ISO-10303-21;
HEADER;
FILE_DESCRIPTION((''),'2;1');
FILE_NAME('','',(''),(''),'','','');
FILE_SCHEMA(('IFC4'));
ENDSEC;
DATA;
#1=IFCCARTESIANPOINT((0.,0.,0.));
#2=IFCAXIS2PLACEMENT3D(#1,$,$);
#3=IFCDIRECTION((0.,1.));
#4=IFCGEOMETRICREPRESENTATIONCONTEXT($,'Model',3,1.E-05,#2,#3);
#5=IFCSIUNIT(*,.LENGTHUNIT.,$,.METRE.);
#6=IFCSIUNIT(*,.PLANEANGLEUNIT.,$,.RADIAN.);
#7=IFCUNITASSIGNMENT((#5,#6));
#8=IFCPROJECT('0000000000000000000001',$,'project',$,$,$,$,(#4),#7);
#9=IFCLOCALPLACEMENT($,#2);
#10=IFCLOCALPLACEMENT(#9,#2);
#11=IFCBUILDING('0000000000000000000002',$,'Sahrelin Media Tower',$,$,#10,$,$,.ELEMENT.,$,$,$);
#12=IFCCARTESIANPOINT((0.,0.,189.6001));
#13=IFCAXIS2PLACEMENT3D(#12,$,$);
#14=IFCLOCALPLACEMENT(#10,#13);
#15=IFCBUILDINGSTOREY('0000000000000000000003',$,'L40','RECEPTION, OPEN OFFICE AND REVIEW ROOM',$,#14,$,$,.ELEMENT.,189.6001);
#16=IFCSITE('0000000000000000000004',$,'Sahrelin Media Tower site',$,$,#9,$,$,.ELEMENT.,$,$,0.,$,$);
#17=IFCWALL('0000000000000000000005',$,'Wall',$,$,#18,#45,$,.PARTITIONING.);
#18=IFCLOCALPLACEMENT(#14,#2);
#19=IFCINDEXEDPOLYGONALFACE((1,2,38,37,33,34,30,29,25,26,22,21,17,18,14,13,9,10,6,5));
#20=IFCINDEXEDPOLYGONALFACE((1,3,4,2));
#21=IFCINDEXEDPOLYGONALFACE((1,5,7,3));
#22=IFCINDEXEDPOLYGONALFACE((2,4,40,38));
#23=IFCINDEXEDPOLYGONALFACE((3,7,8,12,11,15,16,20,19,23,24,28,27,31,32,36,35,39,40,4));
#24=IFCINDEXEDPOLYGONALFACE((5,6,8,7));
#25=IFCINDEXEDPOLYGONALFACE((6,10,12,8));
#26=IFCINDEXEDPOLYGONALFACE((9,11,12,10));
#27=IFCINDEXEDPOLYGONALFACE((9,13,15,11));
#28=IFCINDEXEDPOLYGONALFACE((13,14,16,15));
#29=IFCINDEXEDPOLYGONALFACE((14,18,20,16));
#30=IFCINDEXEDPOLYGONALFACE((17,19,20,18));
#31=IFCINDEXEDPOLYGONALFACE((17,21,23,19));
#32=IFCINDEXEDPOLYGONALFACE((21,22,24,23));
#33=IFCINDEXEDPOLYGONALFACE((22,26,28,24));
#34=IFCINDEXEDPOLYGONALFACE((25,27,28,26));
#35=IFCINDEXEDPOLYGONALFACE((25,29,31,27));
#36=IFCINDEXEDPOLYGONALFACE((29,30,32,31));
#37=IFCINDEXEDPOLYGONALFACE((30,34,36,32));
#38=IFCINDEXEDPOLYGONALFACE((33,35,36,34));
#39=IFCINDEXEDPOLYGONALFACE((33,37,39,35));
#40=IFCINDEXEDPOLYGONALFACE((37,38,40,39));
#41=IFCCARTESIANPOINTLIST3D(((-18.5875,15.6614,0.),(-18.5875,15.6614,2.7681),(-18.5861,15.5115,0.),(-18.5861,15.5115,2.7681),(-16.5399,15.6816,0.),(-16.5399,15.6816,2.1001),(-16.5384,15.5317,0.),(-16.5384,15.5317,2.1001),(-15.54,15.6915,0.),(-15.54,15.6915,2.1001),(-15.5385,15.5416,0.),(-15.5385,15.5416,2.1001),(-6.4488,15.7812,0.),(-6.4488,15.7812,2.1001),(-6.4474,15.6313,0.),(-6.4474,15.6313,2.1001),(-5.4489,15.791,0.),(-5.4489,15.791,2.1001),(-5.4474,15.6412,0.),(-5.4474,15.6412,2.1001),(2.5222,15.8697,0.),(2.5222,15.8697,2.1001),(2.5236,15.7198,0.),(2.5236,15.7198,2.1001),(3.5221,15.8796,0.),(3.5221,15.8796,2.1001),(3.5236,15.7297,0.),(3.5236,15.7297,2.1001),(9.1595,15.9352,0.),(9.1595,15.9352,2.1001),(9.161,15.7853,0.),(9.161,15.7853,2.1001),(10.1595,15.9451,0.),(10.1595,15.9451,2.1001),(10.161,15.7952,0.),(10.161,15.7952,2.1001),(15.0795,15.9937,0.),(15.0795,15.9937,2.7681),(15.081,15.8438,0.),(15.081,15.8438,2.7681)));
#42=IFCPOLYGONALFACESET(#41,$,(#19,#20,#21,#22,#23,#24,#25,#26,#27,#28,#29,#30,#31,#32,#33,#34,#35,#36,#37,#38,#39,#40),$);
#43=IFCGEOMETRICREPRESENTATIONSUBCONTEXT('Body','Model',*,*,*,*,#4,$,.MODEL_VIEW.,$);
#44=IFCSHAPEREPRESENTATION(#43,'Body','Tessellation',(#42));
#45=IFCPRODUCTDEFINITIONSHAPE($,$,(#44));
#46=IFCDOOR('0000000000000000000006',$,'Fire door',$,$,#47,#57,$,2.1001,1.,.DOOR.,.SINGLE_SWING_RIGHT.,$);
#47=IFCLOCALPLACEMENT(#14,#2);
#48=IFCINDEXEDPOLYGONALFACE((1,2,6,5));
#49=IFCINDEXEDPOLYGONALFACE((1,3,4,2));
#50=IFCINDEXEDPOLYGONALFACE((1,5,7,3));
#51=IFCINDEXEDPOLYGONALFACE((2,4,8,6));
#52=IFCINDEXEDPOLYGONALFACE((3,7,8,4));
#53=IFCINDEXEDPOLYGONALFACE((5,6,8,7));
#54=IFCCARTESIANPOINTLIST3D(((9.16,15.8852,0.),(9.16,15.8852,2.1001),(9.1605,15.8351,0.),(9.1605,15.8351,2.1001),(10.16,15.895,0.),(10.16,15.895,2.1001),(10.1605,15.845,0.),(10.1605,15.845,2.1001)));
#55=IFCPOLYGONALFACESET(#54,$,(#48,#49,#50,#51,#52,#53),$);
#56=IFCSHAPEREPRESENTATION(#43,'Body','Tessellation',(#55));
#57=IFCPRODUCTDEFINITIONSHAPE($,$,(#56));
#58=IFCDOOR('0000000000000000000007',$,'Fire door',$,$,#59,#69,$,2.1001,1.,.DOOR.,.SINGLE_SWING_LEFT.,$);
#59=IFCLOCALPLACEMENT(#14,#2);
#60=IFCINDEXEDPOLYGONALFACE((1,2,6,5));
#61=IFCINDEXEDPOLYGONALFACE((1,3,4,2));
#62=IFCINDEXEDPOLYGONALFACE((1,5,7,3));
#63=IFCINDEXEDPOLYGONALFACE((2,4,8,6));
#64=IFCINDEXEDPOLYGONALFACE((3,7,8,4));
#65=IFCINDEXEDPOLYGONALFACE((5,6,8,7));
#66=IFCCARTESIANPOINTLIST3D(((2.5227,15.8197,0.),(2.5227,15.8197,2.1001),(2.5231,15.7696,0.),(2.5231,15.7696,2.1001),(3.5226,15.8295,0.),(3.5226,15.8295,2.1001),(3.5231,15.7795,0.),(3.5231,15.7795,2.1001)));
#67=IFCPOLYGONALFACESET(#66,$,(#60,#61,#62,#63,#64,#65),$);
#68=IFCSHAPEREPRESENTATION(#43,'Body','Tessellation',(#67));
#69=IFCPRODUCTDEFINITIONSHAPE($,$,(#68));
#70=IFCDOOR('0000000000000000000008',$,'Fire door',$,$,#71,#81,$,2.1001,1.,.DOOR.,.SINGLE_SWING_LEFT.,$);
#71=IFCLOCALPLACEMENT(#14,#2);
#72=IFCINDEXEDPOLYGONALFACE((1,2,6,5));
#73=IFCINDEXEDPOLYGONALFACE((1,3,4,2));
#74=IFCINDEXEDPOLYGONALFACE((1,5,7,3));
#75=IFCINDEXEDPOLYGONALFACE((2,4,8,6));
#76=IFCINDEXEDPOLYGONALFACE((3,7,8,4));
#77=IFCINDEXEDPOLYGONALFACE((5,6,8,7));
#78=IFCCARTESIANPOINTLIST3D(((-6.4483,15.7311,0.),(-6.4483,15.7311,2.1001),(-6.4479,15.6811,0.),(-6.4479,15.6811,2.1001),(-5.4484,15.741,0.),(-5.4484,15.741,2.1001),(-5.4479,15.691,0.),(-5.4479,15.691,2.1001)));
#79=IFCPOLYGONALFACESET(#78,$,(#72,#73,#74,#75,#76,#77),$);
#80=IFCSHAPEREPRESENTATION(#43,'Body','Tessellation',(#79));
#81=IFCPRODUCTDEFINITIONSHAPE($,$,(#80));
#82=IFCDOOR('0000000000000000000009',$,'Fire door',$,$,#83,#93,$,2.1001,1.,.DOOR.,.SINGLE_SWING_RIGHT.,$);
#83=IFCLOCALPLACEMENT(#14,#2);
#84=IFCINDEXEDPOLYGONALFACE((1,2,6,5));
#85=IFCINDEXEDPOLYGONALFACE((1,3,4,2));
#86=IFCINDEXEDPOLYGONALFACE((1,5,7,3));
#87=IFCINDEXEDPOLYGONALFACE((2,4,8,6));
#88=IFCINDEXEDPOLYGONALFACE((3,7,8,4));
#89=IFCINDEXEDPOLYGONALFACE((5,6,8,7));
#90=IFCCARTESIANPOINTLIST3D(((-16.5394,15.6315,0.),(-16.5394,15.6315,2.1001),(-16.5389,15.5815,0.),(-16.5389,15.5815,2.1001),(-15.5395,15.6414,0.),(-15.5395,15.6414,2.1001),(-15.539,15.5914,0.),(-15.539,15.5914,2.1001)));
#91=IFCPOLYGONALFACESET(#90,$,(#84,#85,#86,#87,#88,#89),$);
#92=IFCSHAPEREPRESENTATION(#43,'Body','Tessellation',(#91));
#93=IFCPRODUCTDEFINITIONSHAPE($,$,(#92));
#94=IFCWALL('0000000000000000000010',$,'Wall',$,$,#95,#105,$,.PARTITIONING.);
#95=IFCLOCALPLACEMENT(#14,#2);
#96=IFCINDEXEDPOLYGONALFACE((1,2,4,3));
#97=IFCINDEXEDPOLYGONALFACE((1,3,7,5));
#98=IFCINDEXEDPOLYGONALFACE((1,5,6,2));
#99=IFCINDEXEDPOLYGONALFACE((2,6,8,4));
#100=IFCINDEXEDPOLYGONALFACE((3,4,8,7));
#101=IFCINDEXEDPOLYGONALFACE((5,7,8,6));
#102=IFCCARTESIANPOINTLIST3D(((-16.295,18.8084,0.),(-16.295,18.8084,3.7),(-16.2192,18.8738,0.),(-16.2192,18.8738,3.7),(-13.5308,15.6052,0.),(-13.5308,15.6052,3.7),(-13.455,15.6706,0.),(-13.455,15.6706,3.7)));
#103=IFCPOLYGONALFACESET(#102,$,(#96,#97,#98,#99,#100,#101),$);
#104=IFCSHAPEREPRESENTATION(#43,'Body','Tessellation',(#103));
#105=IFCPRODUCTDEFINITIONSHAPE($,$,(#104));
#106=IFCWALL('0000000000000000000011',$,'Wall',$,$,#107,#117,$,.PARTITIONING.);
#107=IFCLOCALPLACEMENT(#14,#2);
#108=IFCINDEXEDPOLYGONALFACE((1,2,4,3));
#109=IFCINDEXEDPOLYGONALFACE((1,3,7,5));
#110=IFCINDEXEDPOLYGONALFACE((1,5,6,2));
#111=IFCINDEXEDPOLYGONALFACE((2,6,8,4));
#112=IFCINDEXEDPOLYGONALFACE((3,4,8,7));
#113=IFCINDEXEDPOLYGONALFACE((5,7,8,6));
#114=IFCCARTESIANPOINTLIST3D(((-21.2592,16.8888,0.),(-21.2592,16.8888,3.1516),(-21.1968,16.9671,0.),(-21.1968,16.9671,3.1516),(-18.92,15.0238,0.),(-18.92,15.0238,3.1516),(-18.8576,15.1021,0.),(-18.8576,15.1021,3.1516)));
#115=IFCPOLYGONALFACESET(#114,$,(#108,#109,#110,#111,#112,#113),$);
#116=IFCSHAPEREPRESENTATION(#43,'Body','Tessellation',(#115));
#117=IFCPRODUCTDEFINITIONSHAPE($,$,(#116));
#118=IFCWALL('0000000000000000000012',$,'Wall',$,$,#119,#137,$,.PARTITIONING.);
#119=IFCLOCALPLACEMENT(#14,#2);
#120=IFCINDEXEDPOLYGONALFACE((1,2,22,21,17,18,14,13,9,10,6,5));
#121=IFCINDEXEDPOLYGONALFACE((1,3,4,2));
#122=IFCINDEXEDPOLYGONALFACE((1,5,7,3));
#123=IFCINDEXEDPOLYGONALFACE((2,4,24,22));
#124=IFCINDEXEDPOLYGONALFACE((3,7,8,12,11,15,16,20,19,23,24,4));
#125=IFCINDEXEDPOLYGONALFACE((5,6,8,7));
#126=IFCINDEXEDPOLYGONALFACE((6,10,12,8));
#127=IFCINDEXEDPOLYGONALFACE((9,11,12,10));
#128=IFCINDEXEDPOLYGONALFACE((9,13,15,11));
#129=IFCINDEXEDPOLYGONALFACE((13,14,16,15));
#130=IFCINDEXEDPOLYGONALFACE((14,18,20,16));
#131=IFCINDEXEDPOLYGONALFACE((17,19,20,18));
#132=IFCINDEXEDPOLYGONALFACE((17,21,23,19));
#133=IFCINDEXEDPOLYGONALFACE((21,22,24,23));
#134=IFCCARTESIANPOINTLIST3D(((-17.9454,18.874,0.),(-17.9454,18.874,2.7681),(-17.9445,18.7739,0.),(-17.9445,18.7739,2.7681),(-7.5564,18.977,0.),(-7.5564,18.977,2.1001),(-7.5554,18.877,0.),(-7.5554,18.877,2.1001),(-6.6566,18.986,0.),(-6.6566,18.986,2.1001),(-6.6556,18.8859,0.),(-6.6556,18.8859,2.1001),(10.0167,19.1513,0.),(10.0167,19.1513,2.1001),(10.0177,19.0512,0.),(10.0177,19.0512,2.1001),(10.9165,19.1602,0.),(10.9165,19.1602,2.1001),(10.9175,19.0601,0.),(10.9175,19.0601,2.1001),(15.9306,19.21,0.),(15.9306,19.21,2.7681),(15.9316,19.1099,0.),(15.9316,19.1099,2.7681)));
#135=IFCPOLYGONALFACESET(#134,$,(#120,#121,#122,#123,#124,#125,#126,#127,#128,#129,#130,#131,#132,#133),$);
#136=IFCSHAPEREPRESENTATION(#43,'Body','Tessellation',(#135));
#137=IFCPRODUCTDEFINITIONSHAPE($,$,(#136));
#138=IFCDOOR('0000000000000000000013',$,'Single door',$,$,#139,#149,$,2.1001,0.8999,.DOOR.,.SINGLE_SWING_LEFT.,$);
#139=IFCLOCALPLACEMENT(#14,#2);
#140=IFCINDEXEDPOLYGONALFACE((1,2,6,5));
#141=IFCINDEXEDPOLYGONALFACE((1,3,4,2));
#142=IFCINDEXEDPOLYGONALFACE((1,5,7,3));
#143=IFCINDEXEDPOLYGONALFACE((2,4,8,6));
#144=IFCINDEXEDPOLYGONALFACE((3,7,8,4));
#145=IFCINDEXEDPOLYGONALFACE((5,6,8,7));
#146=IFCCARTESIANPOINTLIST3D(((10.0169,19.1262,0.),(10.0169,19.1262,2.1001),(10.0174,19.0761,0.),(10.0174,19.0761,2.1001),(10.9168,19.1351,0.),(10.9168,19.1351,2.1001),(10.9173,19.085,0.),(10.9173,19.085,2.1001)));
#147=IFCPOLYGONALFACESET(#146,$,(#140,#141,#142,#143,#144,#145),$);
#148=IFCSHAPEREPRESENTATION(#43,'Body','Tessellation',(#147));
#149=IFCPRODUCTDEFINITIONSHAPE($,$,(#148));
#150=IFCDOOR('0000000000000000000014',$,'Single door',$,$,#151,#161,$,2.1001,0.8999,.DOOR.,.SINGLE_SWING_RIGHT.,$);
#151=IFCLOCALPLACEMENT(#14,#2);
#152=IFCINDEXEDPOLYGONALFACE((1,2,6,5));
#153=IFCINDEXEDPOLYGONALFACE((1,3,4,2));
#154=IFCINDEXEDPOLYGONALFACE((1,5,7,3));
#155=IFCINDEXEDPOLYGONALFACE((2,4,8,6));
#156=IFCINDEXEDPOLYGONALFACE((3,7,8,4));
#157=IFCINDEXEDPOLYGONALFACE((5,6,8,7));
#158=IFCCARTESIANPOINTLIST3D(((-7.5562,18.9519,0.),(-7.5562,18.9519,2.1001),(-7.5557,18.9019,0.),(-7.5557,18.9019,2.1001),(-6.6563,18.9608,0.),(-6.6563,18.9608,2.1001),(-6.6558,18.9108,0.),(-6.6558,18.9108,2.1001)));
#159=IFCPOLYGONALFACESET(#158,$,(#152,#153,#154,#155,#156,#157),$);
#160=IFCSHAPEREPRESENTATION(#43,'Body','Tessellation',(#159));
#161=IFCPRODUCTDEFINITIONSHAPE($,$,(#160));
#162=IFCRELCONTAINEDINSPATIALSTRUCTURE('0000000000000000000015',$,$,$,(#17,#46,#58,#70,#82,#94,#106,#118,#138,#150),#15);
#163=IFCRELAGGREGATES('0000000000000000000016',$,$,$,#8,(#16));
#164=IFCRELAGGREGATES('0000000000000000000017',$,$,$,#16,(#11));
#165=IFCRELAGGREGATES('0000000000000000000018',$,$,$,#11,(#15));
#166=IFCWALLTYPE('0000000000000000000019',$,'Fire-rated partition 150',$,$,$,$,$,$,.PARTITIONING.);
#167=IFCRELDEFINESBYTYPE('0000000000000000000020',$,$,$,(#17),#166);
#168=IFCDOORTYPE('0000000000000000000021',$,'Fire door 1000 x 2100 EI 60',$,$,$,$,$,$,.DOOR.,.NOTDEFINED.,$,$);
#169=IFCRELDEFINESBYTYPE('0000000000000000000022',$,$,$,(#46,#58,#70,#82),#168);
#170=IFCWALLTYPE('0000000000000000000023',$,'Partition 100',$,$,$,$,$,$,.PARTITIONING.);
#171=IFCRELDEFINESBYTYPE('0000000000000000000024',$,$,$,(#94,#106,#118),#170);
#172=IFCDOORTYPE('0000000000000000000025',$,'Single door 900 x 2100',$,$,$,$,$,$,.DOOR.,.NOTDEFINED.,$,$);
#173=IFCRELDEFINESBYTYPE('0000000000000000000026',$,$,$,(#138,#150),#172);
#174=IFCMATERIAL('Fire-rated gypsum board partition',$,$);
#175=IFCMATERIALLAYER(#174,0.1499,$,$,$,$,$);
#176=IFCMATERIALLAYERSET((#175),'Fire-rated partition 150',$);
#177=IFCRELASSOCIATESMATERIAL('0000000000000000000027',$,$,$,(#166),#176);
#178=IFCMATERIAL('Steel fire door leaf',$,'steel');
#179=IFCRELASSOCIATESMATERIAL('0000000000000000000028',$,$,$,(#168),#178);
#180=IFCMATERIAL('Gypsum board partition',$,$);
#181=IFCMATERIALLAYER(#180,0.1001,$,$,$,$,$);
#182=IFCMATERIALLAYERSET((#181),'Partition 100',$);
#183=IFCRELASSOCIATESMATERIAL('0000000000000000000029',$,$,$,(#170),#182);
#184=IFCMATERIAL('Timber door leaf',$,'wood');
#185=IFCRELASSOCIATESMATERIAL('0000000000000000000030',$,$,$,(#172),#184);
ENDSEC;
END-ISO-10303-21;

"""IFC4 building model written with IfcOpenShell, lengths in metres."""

from ifc_helpers import new_model, si_unit, direction, frame, frame_2d, origin, place, context, subcontext, project, spatial, rectangle, extrude, material, layer, layer_set, type_object, element, fill, save


model = new_model("IFC4")

# Units and contexts
model_context = context("Model", 3, precision=1e-05, world=origin(), true_north=direction((0.0, 1.0)))
body_context = subcontext(model_context, "Body", "Model", "MODEL_VIEW")
ifc_project = project(units=[si_unit("LENGTHUNIT", "METRE"), si_unit("PLANEANGLEUNIT", "RADIAN")], contexts=[model_context])

# Site, building, storey
site_placement = place(None, origin())
site = spatial("IfcSite", under=ifc_project, at=site_placement, Name="Sahrelin Media Tower site", CompositionType="ELEMENT", RefElevation=0.0)
building_placement = place(site_placement, origin())
building = spatial("IfcBuilding", under=site, at=building_placement, Name="Sahrelin Media Tower", CompositionType="ELEMENT")
storey_placement = place(building_placement, frame((0.0, 0.0, 189.6001)))
storey = spatial("IfcBuildingStorey", under=building, at=storey_placement, Name="L40", Description="RECEPTION, OPEN OFFICE AND REVIEW ROOM", CompositionType="ELEMENT", Elevation=189.6001)

# Shared definitions
ifc_material_1 = material(Name="Fire-rated gypsum board partition")
ifc_layer_1 = layer(ifc_material_1, 0.1499)
ifc_layer_set_1 = layer_set([ifc_layer_1], Name="Fire-rated partition 150")
wall_type_1 = type_object("IfcWallType", Name="Fire-rated partition 150", PredefinedType="PARTITIONING", material=ifc_layer_set_1)

# Wall, openings, doors
wall_1_placement = place(storey_placement, frame((-18.5869, 15.5864, 0.0), z_axis=(0.0, 0.0, 1.0), x_axis=(0.999951, 0.009869, 0.0)))
wall_1 = element("IfcWall", 1, at=wall_1_placement, inside=storey, type_object=wall_type_1, Name="Wall", PredefinedType="PARTITIONING", context=body_context, shape_type="SweptSolid", body=[
    extrude(rectangle(XDim=33.6687, YDim=0.1499, at=frame_2d((16.8345, 0.0))), origin(), (0.0, 0.0, 1.0), 2.7681),
])
opening_1_placement = place(wall_1_placement, frame((27.7485, 0.0, 0.0)))
opening_1 = element("IfcOpeningElement", 2, at=opening_1_placement, cuts=wall_1, PredefinedType="OPENING", context=body_context, shape_type="SweptSolid", body=[
    extrude(rectangle(XDim=1.0, YDim=2.1001, at=frame_2d((0.5, 1.05))), frame((0.0, 0.075, 0.0), z_axis=(0.0, -1.0, 0.0), x_axis=(1.0, 0.0, 0.0)), (0.0, 0.0, 1.0), 0.1499),
])
opening_2_placement = place(wall_1_placement, frame((21.1108, 0.0, 0.0)))
opening_2 = element("IfcOpeningElement", 3, at=opening_2_placement, cuts=wall_1, PredefinedType="OPENING", context=body_context, shape_type="SweptSolid", body=[
    extrude(rectangle(XDim=1.0, YDim=2.1001, at=frame_2d((0.5, 1.05))), frame((0.0, 0.075, 0.0), z_axis=(0.0, -1.0, 0.0), x_axis=(1.0, 0.0, 0.0)), (0.0, 0.0, 1.0), 0.1499),
])
opening_3_placement = place(wall_1_placement, frame((12.1394, 0.0, 0.0)))
opening_3 = element("IfcOpeningElement", 4, at=opening_3_placement, cuts=wall_1, PredefinedType="OPENING", context=body_context, shape_type="SweptSolid", body=[
    extrude(rectangle(XDim=1.0, YDim=2.1001, at=frame_2d((0.5, 1.05))), frame((0.0, 0.075, 0.0), z_axis=(0.0, -1.0, 0.0), x_axis=(1.0, 0.0, 0.0)), (0.0, 0.0, 1.0), 0.1499),
])
opening_4_placement = place(wall_1_placement, frame((2.0479, 0.0, 0.0)))
opening_4 = element("IfcOpeningElement", 5, at=opening_4_placement, cuts=wall_1, PredefinedType="OPENING", context=body_context, shape_type="SweptSolid", body=[
    extrude(rectangle(XDim=1.0, YDim=2.1001, at=frame_2d((0.5, 1.05))), frame((0.0, 0.075, 0.0), z_axis=(0.0, -1.0, 0.0), x_axis=(1.0, 0.0, 0.0)), (0.0, 0.0, 1.0), 0.1499),
])
ifc_material_2 = material(Name="Steel fire door leaf", Category="steel")
door_type_1 = type_object("IfcDoorType", Name="Fire door 1000 x 2100 EI 60", OperationType="NOTDEFINED", PredefinedType="DOOR", material=ifc_material_2)
door_1_placement = place(opening_1_placement, origin())
door_1 = element("IfcDoor", 6, at=door_1_placement, inside=storey, type_object=door_type_1, Name="Fire door", OperationType="SINGLE_SWING_RIGHT", OverallHeight=2.1001, OverallWidth=1.0, PredefinedType="DOOR", context=body_context, shape_type="SweptSolid", body=[
    extrude(rectangle(XDim=1.0, YDim=2.1001, at=frame_2d((0.5, 1.05))), frame((0.0, 0.0249, 0.0), z_axis=(0.0, -1.0, 0.0), x_axis=(1.0, 0.0, 0.0)), (0.0, 0.0, 1.0), 0.05),
])
fill(opening_1, door_1)
door_2_placement = place(opening_2_placement, origin())
door_2 = element("IfcDoor", 7, at=door_2_placement, inside=storey, type_object=door_type_1, Name="Fire door", OperationType="SINGLE_SWING_LEFT", OverallHeight=2.1001, OverallWidth=1.0, PredefinedType="DOOR", context=body_context, shape_type="SweptSolid", body=[
    extrude(rectangle(XDim=1.0, YDim=2.1001, at=frame_2d((0.5, 1.05))), frame((0.0, 0.0249, 0.0), z_axis=(0.0, -1.0, 0.0), x_axis=(1.0, 0.0, 0.0)), (0.0, 0.0, 1.0), 0.05),
])
fill(opening_2, door_2)
door_3_placement = place(opening_3_placement, origin())
door_3 = element("IfcDoor", 8, at=door_3_placement, inside=storey, type_object=door_type_1, Name="Fire door", OperationType="SINGLE_SWING_LEFT", OverallHeight=2.1001, OverallWidth=1.0, PredefinedType="DOOR", context=body_context, shape_type="SweptSolid", body=[
    extrude(rectangle(XDim=1.0, YDim=2.1001, at=frame_2d((0.5, 1.05))), frame((0.0, 0.0249, 0.0), z_axis=(0.0, -1.0, 0.0), x_axis=(1.0, 0.0, 0.0)), (0.0, 0.0, 1.0), 0.05),
])
fill(opening_3, door_3)
door_4_placement = place(opening_4_placement, origin())
door_4 = element("IfcDoor", 9, at=door_4_placement, inside=storey, type_object=door_type_1, Name="Fire door", OperationType="SINGLE_SWING_RIGHT", OverallHeight=2.1001, OverallWidth=1.0, PredefinedType="DOOR", context=body_context, shape_type="SweptSolid", body=[
    extrude(rectangle(XDim=1.0, YDim=2.1001, at=frame_2d((0.5, 1.05))), frame((0.0, 0.0249, 0.0), z_axis=(0.0, -1.0, 0.0), x_axis=(1.0, 0.0, 0.0)), (0.0, 0.0, 1.0), 0.05),
])
fill(opening_4, door_4)

# Walls
ifc_material_3 = material(Name="Gypsum board partition")
ifc_layer_2 = layer(ifc_material_3, 0.1001)
ifc_layer_set_2 = layer_set([ifc_layer_2], Name="Partition 100")
wall_type_2 = type_object("IfcWallType", Name="Partition 100", PredefinedType="PARTITIONING", material=ifc_layer_set_2)
wall_2_placement = place(storey_placement, frame((-16.2571, 18.8411, 0.0), z_axis=(0.0, 0.0, 1.0), x_axis=(0.653325, -0.757077, 0.0)))
element("IfcWall", 10, at=wall_2_placement, inside=storey, type_object=wall_type_2, Name="Wall", PredefinedType="PARTITIONING", context=body_context, shape_type="SweptSolid", body=[
    extrude(rectangle(XDim=4.231, YDim=0.1001, at=frame_2d((2.1155, 0.0))), origin(), (0.0, 0.0, 1.0), 3.7),
])
wall_3_placement = place(storey_placement, frame((-21.228, 16.928, 0.0), z_axis=(0.0, 0.0, 1.0), x_axis=(0.781895, -0.62341, 0.0)))
element("IfcWall", 11, at=wall_3_placement, inside=storey, type_object=wall_type_2, Name="Wall", PredefinedType="PARTITIONING", context=body_context, shape_type="SweptSolid", body=[
    extrude(rectangle(XDim=2.9917, YDim=0.1001, at=frame_2d((1.4958, 0.0))), origin(), (0.0, 0.0, 1.0), 3.1516),
])

# Wall, openings, doors
wall_4_placement = place(storey_placement, frame((-17.9451, 18.824, 0.0), z_axis=(0.0, 0.0, 1.0), x_axis=(0.999951, 0.009916, 0.0)))
wall_4 = element("IfcWall", 12, at=wall_4_placement, inside=storey, type_object=wall_type_2, Name="Wall", PredefinedType="PARTITIONING", context=body_context, shape_type="SweptSolid", body=[
    extrude(rectangle(XDim=33.8777, YDim=0.1001, at=frame_2d((16.939, 0.0))), origin(), (0.0, 0.0, 1.0), 2.7681),
])
opening_5_placement = place(wall_4_placement, frame((27.9636, 0.0, 0.0)))
opening_5 = element("IfcOpeningElement", 13, at=opening_5_placement, cuts=wall_4, PredefinedType="OPENING", context=body_context, shape_type="SweptSolid", body=[
    extrude(rectangle(XDim=0.8999, YDim=2.1001, at=frame_2d((0.45, 1.05))), frame((0.0, 0.05, 0.0), z_axis=(0.0, -1.0, 0.0), x_axis=(1.0, 0.0, 0.0)), (0.0, 0.0, 1.0), 0.1001),
])
opening_6_placement = place(wall_4_placement, frame((10.3896, 0.0, 0.0)))
opening_6 = element("IfcOpeningElement", 14, at=opening_6_placement, cuts=wall_4, PredefinedType="OPENING", context=body_context, shape_type="SweptSolid", body=[
    extrude(rectangle(XDim=0.8999, YDim=2.1001, at=frame_2d((0.45, 1.05))), frame((0.0, 0.05, 0.0), z_axis=(0.0, -1.0, 0.0), x_axis=(1.0, 0.0, 0.0)), (0.0, 0.0, 1.0), 0.1001),
])
ifc_material_4 = material(Name="Timber door leaf", Category="wood")
door_type_2 = type_object("IfcDoorType", Name="Single door 900 x 2100", OperationType="NOTDEFINED", PredefinedType="DOOR", material=ifc_material_4)
door_5_placement = place(opening_5_placement, origin())
door_5 = element("IfcDoor", 15, at=door_5_placement, inside=storey, type_object=door_type_2, Name="Single door", OperationType="SINGLE_SWING_LEFT", OverallHeight=2.1001, OverallWidth=0.8999, PredefinedType="DOOR", context=body_context, shape_type="SweptSolid", body=[
    extrude(rectangle(XDim=0.8999, YDim=2.1001, at=frame_2d((0.45, 1.05))), frame((0.0, 0.0249, 0.0), z_axis=(0.0, -1.0, 0.0), x_axis=(1.0, 0.0, 0.0)), (0.0, 0.0, 1.0), 0.05),
])
fill(opening_5, door_5)
door_6_placement = place(opening_6_placement, origin())
door_6 = element("IfcDoor", 16, at=door_6_placement, inside=storey, type_object=door_type_2, Name="Single door", OperationType="SINGLE_SWING_RIGHT", OverallHeight=2.1001, OverallWidth=0.8999, PredefinedType="DOOR", context=body_context, shape_type="SweptSolid", body=[
    extrude(rectangle(XDim=0.8999, YDim=2.1001, at=frame_2d((0.45, 1.05))), frame((0.0, 0.0249, 0.0), z_axis=(0.0, -1.0, 0.0), x_axis=(1.0, 0.0, 0.0)), (0.0, 0.0, 1.0), 0.05),
])
fill(opening_6, door_6)

save(model, "model.ifc")
